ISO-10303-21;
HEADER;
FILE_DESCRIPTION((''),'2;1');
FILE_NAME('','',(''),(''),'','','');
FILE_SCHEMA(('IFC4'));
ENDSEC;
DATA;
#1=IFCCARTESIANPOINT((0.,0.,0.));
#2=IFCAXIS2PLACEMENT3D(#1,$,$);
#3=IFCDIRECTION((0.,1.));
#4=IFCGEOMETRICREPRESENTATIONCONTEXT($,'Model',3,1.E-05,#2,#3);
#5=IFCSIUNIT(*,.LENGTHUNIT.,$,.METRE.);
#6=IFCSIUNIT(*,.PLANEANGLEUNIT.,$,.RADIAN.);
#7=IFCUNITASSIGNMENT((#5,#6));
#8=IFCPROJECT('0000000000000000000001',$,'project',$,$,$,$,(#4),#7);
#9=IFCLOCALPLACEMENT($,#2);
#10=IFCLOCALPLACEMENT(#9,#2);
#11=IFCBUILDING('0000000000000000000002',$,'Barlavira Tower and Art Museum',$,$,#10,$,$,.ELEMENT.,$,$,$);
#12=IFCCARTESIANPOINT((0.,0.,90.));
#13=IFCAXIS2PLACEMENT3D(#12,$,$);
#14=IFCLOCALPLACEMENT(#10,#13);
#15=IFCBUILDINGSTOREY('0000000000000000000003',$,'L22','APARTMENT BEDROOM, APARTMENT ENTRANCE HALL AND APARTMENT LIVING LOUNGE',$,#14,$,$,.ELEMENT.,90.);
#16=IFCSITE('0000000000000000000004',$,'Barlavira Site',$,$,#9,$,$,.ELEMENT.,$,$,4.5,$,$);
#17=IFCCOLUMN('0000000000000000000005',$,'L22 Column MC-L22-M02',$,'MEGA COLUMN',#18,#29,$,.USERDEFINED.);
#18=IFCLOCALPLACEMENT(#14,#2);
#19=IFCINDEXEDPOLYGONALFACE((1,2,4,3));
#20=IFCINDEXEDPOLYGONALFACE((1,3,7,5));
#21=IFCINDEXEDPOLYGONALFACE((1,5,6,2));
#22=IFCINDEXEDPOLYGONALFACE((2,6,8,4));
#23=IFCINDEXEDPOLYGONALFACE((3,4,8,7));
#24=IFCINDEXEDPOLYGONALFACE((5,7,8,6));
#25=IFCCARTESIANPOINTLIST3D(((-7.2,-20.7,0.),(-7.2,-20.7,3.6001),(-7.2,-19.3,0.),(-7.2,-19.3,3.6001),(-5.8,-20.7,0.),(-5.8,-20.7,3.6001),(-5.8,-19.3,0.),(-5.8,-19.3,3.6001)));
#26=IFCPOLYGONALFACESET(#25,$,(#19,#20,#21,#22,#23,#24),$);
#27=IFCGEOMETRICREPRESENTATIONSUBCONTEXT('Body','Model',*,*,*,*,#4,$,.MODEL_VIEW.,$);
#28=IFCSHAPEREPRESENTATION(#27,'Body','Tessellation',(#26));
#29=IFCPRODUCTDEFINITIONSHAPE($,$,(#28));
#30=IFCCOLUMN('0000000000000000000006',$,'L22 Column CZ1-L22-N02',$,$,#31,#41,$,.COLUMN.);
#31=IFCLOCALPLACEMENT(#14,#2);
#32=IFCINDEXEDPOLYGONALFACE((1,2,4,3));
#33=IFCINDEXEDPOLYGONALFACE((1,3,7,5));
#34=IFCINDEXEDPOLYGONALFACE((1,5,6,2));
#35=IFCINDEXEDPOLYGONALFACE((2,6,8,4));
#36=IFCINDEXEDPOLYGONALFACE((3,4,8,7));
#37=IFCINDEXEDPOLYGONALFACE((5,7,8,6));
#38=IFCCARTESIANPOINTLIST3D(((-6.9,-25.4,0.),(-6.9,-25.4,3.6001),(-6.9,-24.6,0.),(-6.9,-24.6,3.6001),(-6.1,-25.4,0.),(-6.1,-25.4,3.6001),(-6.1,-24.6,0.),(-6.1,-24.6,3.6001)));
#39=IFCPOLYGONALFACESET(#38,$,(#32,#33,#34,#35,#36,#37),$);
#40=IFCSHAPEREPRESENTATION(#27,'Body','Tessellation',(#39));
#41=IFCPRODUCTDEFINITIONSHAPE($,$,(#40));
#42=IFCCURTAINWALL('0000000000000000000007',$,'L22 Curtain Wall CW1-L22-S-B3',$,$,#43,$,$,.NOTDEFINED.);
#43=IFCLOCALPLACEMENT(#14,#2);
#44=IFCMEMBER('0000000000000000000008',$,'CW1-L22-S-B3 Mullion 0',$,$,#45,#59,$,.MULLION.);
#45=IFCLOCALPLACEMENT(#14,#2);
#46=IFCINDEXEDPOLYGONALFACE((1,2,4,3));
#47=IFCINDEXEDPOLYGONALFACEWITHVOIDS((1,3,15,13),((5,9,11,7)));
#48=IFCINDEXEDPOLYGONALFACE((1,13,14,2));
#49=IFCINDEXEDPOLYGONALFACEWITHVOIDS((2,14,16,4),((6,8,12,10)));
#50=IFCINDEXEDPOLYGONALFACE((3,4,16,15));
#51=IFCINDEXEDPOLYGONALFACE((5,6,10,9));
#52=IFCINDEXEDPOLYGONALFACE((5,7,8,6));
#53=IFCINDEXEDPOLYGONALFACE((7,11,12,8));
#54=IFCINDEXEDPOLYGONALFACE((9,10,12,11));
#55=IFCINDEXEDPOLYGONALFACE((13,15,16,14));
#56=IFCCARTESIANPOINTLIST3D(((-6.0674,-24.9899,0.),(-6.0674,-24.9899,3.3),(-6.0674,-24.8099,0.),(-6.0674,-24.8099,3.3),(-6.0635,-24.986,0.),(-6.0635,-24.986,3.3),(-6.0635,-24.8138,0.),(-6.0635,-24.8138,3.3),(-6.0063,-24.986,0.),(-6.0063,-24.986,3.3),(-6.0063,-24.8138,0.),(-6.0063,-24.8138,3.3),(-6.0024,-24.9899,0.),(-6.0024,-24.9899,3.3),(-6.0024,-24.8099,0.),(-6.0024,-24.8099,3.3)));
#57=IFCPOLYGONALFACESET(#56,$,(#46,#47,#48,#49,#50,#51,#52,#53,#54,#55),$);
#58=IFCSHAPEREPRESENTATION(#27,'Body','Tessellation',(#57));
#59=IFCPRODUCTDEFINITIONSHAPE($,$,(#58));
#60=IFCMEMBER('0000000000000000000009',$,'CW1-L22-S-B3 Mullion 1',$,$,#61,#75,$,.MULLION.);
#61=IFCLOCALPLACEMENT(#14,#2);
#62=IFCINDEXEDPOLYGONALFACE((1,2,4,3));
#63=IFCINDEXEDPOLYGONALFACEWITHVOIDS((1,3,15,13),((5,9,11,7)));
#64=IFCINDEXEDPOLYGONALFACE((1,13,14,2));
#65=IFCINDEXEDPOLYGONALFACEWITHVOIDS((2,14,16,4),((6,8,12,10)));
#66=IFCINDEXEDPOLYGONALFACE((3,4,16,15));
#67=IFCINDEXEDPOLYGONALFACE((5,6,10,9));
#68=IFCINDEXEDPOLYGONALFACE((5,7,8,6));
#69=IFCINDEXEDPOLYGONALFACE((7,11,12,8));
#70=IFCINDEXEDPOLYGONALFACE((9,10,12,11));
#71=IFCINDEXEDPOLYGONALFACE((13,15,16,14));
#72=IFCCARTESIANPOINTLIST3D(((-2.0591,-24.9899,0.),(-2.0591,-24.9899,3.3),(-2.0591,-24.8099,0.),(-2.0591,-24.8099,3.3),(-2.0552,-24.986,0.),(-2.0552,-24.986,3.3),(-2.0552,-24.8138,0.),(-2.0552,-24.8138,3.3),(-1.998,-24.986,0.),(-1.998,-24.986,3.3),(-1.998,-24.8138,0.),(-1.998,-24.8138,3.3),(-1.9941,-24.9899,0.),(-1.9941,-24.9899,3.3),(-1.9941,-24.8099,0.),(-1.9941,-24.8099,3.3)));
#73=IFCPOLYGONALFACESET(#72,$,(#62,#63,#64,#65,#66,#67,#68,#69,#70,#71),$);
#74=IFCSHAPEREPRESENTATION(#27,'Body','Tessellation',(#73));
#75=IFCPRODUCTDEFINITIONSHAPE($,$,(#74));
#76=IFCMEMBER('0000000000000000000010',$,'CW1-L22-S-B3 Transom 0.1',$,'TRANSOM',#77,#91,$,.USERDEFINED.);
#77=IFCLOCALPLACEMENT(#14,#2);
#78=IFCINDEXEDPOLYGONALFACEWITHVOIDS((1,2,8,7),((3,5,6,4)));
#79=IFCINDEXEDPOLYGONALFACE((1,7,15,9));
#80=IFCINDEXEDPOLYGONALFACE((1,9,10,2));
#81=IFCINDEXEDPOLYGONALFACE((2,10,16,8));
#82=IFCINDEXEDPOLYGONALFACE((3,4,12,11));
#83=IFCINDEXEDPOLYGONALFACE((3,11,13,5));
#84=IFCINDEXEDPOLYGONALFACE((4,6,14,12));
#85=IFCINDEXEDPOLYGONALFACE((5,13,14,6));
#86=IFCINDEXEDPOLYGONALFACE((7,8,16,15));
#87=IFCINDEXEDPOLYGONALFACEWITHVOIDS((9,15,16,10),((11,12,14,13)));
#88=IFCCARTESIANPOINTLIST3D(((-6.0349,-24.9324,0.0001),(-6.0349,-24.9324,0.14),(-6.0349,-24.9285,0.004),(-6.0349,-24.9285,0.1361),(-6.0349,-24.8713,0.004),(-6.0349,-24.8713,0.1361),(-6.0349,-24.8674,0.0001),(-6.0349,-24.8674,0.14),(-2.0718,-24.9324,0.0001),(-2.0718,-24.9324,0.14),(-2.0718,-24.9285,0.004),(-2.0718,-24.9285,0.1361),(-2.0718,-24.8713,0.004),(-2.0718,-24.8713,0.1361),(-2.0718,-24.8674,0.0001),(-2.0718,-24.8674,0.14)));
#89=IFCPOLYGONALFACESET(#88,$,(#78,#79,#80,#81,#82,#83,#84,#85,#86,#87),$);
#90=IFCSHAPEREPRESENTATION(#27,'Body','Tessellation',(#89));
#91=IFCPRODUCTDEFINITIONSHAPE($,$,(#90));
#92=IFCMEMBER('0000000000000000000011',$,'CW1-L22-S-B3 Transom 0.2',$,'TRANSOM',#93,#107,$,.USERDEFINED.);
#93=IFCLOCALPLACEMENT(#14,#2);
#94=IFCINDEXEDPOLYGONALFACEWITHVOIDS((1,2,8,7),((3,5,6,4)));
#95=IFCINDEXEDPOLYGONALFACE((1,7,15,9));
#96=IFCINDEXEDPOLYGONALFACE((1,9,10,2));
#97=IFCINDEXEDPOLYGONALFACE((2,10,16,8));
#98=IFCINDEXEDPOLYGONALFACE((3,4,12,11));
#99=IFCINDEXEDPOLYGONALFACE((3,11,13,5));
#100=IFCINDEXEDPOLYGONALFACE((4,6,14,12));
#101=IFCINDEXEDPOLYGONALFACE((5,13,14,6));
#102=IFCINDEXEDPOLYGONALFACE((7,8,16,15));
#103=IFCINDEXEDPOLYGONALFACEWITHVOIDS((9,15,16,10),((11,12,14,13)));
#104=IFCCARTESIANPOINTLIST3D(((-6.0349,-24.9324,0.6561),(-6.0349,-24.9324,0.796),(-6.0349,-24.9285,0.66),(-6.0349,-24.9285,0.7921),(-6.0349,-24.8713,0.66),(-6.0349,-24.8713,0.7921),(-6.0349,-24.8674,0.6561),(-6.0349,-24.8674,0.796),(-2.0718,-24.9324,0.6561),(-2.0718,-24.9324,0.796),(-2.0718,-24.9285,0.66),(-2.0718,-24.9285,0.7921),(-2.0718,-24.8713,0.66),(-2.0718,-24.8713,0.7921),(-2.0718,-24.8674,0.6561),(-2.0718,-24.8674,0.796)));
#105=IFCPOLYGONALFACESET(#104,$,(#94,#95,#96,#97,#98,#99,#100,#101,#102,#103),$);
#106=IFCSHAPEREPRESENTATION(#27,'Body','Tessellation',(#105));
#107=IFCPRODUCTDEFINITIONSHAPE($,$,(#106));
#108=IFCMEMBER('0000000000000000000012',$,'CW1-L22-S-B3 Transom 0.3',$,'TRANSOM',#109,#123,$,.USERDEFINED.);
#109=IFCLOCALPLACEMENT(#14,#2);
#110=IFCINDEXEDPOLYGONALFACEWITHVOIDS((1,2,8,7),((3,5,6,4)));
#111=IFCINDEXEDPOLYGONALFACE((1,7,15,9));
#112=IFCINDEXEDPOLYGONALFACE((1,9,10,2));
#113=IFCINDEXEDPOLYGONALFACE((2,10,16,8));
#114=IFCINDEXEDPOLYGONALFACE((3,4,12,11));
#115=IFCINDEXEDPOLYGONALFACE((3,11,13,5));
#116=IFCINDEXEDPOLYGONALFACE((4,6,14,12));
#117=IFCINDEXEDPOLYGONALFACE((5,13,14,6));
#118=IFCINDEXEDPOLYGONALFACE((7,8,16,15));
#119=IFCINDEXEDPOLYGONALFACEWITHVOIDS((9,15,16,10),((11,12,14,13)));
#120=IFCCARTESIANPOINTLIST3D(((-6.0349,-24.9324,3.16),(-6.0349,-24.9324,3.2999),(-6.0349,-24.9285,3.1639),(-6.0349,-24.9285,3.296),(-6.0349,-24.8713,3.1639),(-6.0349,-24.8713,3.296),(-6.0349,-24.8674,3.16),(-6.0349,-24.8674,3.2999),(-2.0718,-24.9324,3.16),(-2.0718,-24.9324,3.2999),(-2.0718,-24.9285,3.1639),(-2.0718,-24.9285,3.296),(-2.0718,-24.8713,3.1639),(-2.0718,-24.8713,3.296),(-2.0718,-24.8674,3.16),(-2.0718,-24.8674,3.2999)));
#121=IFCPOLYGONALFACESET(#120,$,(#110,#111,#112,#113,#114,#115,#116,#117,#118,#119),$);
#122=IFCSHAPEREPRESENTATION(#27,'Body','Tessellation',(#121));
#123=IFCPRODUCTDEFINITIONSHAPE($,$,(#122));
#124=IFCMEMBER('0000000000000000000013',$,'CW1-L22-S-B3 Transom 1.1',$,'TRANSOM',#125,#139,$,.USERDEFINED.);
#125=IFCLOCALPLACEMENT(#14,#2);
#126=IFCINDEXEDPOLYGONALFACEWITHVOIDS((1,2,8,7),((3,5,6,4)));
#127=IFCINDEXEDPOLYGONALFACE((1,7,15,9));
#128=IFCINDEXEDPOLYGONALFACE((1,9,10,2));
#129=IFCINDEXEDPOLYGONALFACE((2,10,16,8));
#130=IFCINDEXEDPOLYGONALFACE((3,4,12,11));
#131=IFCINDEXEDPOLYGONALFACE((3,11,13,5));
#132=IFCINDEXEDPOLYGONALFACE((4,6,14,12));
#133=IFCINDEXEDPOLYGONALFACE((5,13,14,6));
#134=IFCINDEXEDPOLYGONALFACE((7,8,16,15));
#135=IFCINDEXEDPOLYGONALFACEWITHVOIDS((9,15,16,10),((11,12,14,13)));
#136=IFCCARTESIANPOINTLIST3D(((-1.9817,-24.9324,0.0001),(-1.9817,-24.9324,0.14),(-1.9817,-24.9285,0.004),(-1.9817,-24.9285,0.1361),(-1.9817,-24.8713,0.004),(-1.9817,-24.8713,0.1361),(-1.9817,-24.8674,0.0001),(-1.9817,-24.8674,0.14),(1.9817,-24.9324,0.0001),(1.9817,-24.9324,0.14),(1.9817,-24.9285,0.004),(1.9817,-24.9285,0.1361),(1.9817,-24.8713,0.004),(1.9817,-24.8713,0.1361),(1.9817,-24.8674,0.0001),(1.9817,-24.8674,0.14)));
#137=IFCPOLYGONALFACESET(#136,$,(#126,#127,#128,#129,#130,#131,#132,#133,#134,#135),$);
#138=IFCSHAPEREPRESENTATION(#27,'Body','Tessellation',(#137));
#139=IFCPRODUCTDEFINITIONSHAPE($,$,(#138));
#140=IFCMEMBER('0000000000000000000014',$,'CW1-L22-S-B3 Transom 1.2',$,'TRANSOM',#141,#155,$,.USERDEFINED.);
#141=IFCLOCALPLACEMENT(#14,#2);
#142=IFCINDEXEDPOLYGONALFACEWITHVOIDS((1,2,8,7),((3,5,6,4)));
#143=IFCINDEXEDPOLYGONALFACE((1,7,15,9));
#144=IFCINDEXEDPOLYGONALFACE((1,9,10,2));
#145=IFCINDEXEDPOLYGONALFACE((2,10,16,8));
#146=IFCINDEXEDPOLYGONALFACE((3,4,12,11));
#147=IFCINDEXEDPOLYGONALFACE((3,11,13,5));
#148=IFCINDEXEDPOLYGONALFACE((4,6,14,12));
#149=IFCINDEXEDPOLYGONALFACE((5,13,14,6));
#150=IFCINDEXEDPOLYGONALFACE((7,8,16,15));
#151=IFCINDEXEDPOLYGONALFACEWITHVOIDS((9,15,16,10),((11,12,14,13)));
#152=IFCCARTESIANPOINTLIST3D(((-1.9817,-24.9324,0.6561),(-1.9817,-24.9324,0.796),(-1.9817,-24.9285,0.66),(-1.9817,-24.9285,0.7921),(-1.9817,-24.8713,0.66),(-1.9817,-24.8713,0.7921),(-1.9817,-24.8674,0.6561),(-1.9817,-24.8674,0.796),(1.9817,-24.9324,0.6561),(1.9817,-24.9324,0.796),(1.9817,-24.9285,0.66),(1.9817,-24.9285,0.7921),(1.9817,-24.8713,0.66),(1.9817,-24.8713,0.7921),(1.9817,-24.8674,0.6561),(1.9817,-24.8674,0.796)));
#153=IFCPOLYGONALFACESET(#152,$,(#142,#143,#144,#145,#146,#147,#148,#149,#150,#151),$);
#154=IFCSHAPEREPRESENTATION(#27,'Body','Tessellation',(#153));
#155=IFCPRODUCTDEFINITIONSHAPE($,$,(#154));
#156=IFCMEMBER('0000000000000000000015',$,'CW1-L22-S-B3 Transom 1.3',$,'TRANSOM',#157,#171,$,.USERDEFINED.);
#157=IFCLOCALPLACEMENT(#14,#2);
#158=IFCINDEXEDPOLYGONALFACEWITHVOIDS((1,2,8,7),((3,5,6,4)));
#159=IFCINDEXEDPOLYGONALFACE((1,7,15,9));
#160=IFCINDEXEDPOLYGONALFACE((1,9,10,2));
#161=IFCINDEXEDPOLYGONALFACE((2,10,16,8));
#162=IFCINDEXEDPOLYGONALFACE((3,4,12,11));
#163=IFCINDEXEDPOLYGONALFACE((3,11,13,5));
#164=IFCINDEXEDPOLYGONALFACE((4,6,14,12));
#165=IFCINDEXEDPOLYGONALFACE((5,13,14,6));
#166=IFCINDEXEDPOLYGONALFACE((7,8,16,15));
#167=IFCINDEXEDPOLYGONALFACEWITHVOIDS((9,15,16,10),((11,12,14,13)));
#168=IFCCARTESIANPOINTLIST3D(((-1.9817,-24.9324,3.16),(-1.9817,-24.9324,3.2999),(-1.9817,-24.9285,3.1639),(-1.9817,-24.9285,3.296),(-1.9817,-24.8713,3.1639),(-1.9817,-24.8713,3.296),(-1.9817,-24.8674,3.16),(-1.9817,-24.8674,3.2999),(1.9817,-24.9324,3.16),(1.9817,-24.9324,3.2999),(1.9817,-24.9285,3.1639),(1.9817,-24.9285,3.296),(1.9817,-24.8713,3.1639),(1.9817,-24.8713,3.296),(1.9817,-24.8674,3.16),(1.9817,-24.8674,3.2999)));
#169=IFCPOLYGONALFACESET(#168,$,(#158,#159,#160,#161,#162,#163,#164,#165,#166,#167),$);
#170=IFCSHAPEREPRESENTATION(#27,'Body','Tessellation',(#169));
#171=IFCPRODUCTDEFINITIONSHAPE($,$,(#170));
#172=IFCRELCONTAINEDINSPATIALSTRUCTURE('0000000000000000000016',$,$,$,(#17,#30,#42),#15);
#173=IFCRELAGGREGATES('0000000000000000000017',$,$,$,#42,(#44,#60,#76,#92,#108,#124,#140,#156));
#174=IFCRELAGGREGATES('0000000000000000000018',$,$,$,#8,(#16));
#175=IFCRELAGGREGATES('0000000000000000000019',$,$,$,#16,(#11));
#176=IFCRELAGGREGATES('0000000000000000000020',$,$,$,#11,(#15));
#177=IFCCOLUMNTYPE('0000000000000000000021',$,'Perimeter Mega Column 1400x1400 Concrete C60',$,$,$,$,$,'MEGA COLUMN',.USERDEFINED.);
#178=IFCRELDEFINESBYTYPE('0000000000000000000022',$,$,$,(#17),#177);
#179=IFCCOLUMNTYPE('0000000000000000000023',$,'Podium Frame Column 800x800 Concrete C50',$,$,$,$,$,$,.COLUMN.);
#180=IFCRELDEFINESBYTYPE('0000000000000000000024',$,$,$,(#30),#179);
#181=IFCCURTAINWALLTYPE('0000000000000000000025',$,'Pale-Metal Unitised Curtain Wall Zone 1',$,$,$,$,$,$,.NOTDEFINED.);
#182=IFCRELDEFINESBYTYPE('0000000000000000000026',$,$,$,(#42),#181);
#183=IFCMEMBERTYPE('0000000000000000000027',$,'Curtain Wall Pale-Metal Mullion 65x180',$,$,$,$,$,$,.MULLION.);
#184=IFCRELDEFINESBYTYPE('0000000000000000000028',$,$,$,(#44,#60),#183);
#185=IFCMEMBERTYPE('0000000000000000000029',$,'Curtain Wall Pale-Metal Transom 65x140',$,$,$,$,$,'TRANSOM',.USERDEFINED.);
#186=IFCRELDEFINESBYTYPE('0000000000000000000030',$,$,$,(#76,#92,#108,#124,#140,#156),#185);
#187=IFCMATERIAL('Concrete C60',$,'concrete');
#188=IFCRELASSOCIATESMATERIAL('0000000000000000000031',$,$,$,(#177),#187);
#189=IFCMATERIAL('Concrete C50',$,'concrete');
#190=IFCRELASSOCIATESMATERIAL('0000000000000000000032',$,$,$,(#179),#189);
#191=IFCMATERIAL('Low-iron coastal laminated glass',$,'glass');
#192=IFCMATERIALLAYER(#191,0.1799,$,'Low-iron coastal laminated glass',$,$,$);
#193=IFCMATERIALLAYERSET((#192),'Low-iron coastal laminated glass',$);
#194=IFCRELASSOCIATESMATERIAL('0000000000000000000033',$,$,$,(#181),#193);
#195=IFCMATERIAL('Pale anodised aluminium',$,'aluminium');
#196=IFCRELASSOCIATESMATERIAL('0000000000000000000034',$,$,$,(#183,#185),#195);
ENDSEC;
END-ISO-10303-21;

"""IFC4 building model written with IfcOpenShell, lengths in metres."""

from ifc_helpers import new_model, si_unit, direction, frame, origin, origin_2d, place, context, subcontext, project, spatial, rectangle, hollow_rectangle, extrude, material, layer, layer_set, material_profile, profile_set, type_object, element, aggregate, save


model = new_model("IFC4")

# Units and contexts
model_context = context("Model", 3, precision=1e-05, world=origin(), true_north=direction((0.0, 1.0)))
body_context = subcontext(model_context, "Body", "Model", "MODEL_VIEW")
ifc_project = project(units=[si_unit("LENGTHUNIT", "METRE"), si_unit("PLANEANGLEUNIT", "RADIAN")], contexts=[model_context])

# Site, building, storey
site_placement = place(None, origin())
site = spatial("IfcSite", under=ifc_project, at=site_placement, Name="Barlavira Site", CompositionType="ELEMENT", RefElevation=4.5)
building_placement = place(site_placement, origin())
building = spatial("IfcBuilding", under=site, at=building_placement, Name="Barlavira Tower and Art Museum", CompositionType="ELEMENT")
storey_placement = place(building_placement, frame((0.0, 0.0, 90.0)))
storey = spatial("IfcBuildingStorey", under=building, at=storey_placement, Name="L22", Description="APARTMENT BEDROOM, APARTMENT ENTRANCE HALL AND APARTMENT LIVING LOUNGE", CompositionType="ELEMENT", Elevation=90.0)

# Columns
ifc_material_1 = material(Name="Concrete C60", Category="concrete")
ifc_material_profile_1 = material_profile(ifc_material_1, rectangle(XDim=1.3999, YDim=1.3999, at=origin_2d()), Name="RC-MCOL 1400x1400")
ifc_profile_set_1 = profile_set([ifc_material_profile_1], Name="Concrete C60")
column_type_1 = type_object("IfcColumnType", Name="Perimeter Mega Column 1400x1400 Concrete C60", ElementType="MEGA COLUMN", PredefinedType="USERDEFINED", material=ifc_profile_set_1)
column_1_placement = place(storey_placement, frame((-6.5, -20.0, 0.0), z_axis=(0.0, 0.0, 1.0), x_axis=(1.0, 0.0, 0.0)))
element("IfcColumn", 1, at=column_1_placement, inside=storey, type_object=column_type_1, Name="L22 Column MC-L22-M02", ObjectType="MEGA COLUMN", PredefinedType="USERDEFINED", context=body_context, shape_type="SweptSolid", body=[
    extrude(rectangle(XDim=1.3999, YDim=1.3999, at=origin_2d()), origin(), (0.0, 0.0, 1.0), 3.6001),
])
ifc_material_2 = material(Name="Concrete C50", Category="concrete")
ifc_material_profile_2 = material_profile(ifc_material_2, rectangle(XDim=0.8, YDim=0.8, at=origin_2d()), Name="RC-COL 800x800")
ifc_profile_set_2 = profile_set([ifc_material_profile_2], Name="Concrete C50")
column_type_2 = type_object("IfcColumnType", Name="Podium Frame Column 800x800 Concrete C50", PredefinedType="COLUMN", material=ifc_profile_set_2)
column_2_placement = place(storey_placement, frame((-6.5, -25.0, 0.0), z_axis=(0.0, 0.0, 1.0), x_axis=(1.0, 0.0, 0.0)))
element("IfcColumn", 2, at=column_2_placement, inside=storey, type_object=column_type_2, Name="L22 Column CZ1-L22-N02", PredefinedType="COLUMN", context=body_context, shape_type="SweptSolid", body=[
    extrude(rectangle(XDim=0.8, YDim=0.8, at=origin_2d()), origin(), (0.0, 0.0, 1.0), 3.6001),
])

# Curtain wall, members
ifc_material_3 = material(Name="Low-iron coastal laminated glass", Category="glass")
ifc_layer_1 = layer(ifc_material_3, 0.1799, Name="Low-iron coastal laminated glass")
ifc_layer_set_1 = layer_set([ifc_layer_1], Name="Low-iron coastal laminated glass")
curtain_wall_type = type_object("IfcCurtainWallType", Name="Pale-Metal Unitised Curtain Wall Zone 1", PredefinedType="NOTDEFINED", material=ifc_layer_set_1)
curtain_wall_placement = place(storey_placement, origin())
curtain_wall = element("IfcCurtainWall", 3, at=curtain_wall_placement, inside=storey, type_object=curtain_wall_type, Name="L22 Curtain Wall CW1-L22-S-B3", PredefinedType="NOTDEFINED")
ifc_material_4 = material(Name="Pale anodised aluminium", Category="aluminium")
ifc_material_profile_3 = material_profile(ifc_material_4, hollow_rectangle(XDim=0.0649, YDim=0.1799, WallThickness=0.0039, at=origin_2d()), Name="ALU-MULL 65x180x4")
ifc_profile_set_3 = profile_set([ifc_material_profile_3], Name="Pale anodised aluminium")
member_type_1 = type_object("IfcMemberType", Name="Curtain Wall Pale-Metal Mullion 65x180", PredefinedType="MULLION", material=ifc_profile_set_3)
member_1_placement = place(storey_placement, frame((-6.0349, -24.8999, 0.0), z_axis=(0.0, 0.0, 1.0), x_axis=(1.0, 0.0, 0.0)))
member_1 = element("IfcMember", 4, at=member_1_placement, type_object=member_type_1, Name="CW1-L22-S-B3 Mullion 0", PredefinedType="MULLION", context=body_context, shape_type="SweptSolid", body=[
    extrude(hollow_rectangle(XDim=0.0649, YDim=0.1799, WallThickness=0.0039, at=origin_2d()), origin(), (0.0, 0.0, 1.0), 3.3),
])
member_2_placement = place(storey_placement, frame((-2.0266, -24.8999, 0.0), z_axis=(0.0, 0.0, 1.0), x_axis=(1.0, 0.0, 0.0)))
member_2 = element("IfcMember", 5, at=member_2_placement, type_object=member_type_1, Name="CW1-L22-S-B3 Mullion 1", PredefinedType="MULLION", context=body_context, shape_type="SweptSolid", body=[
    extrude(hollow_rectangle(XDim=0.0649, YDim=0.1799, WallThickness=0.0039, at=origin_2d()), origin(), (0.0, 0.0, 1.0), 3.3),
])
ifc_material_profile_4 = material_profile(ifc_material_4, hollow_rectangle(XDim=0.0649, YDim=0.1399, WallThickness=0.0039, at=origin_2d()), Name="ALU-TRAN 65x140x4")
ifc_profile_set_4 = profile_set([ifc_material_profile_4], Name="Pale anodised aluminium")
member_type_2 = type_object("IfcMemberType", Name="Curtain Wall Pale-Metal Transom 65x140", ElementType="TRANSOM", PredefinedType="USERDEFINED", material=ifc_profile_set_4)
member_3_placement = place(storey_placement, frame((-6.0349, -24.8999, 0.0701), z_axis=(1.0, 0.0, 0.0), x_axis=(0.0, 1.0, 0.0)))
member_3 = element("IfcMember", 6, at=member_3_placement, type_object=member_type_2, Name="CW1-L22-S-B3 Transom 0.1", ObjectType="TRANSOM", PredefinedType="USERDEFINED", context=body_context, shape_type="SweptSolid", body=[
    extrude(hollow_rectangle(XDim=0.0649, YDim=0.1399, WallThickness=0.0039, at=origin_2d()), origin(), (0.0, 0.0, 1.0), 3.9631),
])
member_4_placement = place(storey_placement, frame((-6.0349, -24.8999, 0.7261), z_axis=(1.0, 0.0, 0.0), x_axis=(0.0, 1.0, 0.0)))
member_4 = element("IfcMember", 7, at=member_4_placement, type_object=member_type_2, Name="CW1-L22-S-B3 Transom 0.2", ObjectType="TRANSOM", PredefinedType="USERDEFINED", context=body_context, shape_type="SweptSolid", body=[
    extrude(hollow_rectangle(XDim=0.0649, YDim=0.1399, WallThickness=0.0039, at=origin_2d()), origin(), (0.0, 0.0, 1.0), 3.9631),
])
member_5_placement = place(storey_placement, frame((-6.0349, -24.8999, 3.23), z_axis=(1.0, 0.0, 0.0), x_axis=(0.0, 1.0, 0.0)))
member_5 = element("IfcMember", 8, at=member_5_placement, type_object=member_type_2, Name="CW1-L22-S-B3 Transom 0.3", ObjectType="TRANSOM", PredefinedType="USERDEFINED", context=body_context, shape_type="SweptSolid", body=[
    extrude(hollow_rectangle(XDim=0.0649, YDim=0.1399, WallThickness=0.0039, at=origin_2d()), origin(), (0.0, 0.0, 1.0), 3.9631),
])
member_6_placement = place(storey_placement, frame((-1.9817, -24.8999, 0.0701), z_axis=(1.0, 0.0, 0.0), x_axis=(0.0, 1.0, 0.0)))
member_6 = element("IfcMember", 9, at=member_6_placement, type_object=member_type_2, Name="CW1-L22-S-B3 Transom 1.1", ObjectType="TRANSOM", PredefinedType="USERDEFINED", context=body_context, shape_type="SweptSolid", body=[
    extrude(hollow_rectangle(XDim=0.0649, YDim=0.1399, WallThickness=0.0039, at=origin_2d()), origin(), (0.0, 0.0, 1.0), 3.9634),
])
member_7_placement = place(storey_placement, frame((-1.9817, -24.8999, 0.7261), z_axis=(1.0, 0.0, 0.0), x_axis=(0.0, 1.0, 0.0)))
member_7 = element("IfcMember", 10, at=member_7_placement, type_object=member_type_2, Name="CW1-L22-S-B3 Transom 1.2", ObjectType="TRANSOM", PredefinedType="USERDEFINED", context=body_context, shape_type="SweptSolid", body=[
    extrude(hollow_rectangle(XDim=0.0649, YDim=0.1399, WallThickness=0.0039, at=origin_2d()), origin(), (0.0, 0.0, 1.0), 3.9634),
])
member_8_placement = place(storey_placement, frame((-1.9817, -24.8999, 3.23), z_axis=(1.0, 0.0, 0.0), x_axis=(0.0, 1.0, 0.0)))
member_8 = element("IfcMember", 11, at=member_8_placement, type_object=member_type_2, Name="CW1-L22-S-B3 Transom 1.3", ObjectType="TRANSOM", PredefinedType="USERDEFINED", context=body_context, shape_type="SweptSolid", body=[
    extrude(hollow_rectangle(XDim=0.0649, YDim=0.1399, WallThickness=0.0039, at=origin_2d()), origin(), (0.0, 0.0, 1.0), 3.9634),
])

aggregate(curtain_wall, [member_1, member_2, member_3, member_4, member_5, member_6, member_7, member_8])

save(model, "model.ifc")
